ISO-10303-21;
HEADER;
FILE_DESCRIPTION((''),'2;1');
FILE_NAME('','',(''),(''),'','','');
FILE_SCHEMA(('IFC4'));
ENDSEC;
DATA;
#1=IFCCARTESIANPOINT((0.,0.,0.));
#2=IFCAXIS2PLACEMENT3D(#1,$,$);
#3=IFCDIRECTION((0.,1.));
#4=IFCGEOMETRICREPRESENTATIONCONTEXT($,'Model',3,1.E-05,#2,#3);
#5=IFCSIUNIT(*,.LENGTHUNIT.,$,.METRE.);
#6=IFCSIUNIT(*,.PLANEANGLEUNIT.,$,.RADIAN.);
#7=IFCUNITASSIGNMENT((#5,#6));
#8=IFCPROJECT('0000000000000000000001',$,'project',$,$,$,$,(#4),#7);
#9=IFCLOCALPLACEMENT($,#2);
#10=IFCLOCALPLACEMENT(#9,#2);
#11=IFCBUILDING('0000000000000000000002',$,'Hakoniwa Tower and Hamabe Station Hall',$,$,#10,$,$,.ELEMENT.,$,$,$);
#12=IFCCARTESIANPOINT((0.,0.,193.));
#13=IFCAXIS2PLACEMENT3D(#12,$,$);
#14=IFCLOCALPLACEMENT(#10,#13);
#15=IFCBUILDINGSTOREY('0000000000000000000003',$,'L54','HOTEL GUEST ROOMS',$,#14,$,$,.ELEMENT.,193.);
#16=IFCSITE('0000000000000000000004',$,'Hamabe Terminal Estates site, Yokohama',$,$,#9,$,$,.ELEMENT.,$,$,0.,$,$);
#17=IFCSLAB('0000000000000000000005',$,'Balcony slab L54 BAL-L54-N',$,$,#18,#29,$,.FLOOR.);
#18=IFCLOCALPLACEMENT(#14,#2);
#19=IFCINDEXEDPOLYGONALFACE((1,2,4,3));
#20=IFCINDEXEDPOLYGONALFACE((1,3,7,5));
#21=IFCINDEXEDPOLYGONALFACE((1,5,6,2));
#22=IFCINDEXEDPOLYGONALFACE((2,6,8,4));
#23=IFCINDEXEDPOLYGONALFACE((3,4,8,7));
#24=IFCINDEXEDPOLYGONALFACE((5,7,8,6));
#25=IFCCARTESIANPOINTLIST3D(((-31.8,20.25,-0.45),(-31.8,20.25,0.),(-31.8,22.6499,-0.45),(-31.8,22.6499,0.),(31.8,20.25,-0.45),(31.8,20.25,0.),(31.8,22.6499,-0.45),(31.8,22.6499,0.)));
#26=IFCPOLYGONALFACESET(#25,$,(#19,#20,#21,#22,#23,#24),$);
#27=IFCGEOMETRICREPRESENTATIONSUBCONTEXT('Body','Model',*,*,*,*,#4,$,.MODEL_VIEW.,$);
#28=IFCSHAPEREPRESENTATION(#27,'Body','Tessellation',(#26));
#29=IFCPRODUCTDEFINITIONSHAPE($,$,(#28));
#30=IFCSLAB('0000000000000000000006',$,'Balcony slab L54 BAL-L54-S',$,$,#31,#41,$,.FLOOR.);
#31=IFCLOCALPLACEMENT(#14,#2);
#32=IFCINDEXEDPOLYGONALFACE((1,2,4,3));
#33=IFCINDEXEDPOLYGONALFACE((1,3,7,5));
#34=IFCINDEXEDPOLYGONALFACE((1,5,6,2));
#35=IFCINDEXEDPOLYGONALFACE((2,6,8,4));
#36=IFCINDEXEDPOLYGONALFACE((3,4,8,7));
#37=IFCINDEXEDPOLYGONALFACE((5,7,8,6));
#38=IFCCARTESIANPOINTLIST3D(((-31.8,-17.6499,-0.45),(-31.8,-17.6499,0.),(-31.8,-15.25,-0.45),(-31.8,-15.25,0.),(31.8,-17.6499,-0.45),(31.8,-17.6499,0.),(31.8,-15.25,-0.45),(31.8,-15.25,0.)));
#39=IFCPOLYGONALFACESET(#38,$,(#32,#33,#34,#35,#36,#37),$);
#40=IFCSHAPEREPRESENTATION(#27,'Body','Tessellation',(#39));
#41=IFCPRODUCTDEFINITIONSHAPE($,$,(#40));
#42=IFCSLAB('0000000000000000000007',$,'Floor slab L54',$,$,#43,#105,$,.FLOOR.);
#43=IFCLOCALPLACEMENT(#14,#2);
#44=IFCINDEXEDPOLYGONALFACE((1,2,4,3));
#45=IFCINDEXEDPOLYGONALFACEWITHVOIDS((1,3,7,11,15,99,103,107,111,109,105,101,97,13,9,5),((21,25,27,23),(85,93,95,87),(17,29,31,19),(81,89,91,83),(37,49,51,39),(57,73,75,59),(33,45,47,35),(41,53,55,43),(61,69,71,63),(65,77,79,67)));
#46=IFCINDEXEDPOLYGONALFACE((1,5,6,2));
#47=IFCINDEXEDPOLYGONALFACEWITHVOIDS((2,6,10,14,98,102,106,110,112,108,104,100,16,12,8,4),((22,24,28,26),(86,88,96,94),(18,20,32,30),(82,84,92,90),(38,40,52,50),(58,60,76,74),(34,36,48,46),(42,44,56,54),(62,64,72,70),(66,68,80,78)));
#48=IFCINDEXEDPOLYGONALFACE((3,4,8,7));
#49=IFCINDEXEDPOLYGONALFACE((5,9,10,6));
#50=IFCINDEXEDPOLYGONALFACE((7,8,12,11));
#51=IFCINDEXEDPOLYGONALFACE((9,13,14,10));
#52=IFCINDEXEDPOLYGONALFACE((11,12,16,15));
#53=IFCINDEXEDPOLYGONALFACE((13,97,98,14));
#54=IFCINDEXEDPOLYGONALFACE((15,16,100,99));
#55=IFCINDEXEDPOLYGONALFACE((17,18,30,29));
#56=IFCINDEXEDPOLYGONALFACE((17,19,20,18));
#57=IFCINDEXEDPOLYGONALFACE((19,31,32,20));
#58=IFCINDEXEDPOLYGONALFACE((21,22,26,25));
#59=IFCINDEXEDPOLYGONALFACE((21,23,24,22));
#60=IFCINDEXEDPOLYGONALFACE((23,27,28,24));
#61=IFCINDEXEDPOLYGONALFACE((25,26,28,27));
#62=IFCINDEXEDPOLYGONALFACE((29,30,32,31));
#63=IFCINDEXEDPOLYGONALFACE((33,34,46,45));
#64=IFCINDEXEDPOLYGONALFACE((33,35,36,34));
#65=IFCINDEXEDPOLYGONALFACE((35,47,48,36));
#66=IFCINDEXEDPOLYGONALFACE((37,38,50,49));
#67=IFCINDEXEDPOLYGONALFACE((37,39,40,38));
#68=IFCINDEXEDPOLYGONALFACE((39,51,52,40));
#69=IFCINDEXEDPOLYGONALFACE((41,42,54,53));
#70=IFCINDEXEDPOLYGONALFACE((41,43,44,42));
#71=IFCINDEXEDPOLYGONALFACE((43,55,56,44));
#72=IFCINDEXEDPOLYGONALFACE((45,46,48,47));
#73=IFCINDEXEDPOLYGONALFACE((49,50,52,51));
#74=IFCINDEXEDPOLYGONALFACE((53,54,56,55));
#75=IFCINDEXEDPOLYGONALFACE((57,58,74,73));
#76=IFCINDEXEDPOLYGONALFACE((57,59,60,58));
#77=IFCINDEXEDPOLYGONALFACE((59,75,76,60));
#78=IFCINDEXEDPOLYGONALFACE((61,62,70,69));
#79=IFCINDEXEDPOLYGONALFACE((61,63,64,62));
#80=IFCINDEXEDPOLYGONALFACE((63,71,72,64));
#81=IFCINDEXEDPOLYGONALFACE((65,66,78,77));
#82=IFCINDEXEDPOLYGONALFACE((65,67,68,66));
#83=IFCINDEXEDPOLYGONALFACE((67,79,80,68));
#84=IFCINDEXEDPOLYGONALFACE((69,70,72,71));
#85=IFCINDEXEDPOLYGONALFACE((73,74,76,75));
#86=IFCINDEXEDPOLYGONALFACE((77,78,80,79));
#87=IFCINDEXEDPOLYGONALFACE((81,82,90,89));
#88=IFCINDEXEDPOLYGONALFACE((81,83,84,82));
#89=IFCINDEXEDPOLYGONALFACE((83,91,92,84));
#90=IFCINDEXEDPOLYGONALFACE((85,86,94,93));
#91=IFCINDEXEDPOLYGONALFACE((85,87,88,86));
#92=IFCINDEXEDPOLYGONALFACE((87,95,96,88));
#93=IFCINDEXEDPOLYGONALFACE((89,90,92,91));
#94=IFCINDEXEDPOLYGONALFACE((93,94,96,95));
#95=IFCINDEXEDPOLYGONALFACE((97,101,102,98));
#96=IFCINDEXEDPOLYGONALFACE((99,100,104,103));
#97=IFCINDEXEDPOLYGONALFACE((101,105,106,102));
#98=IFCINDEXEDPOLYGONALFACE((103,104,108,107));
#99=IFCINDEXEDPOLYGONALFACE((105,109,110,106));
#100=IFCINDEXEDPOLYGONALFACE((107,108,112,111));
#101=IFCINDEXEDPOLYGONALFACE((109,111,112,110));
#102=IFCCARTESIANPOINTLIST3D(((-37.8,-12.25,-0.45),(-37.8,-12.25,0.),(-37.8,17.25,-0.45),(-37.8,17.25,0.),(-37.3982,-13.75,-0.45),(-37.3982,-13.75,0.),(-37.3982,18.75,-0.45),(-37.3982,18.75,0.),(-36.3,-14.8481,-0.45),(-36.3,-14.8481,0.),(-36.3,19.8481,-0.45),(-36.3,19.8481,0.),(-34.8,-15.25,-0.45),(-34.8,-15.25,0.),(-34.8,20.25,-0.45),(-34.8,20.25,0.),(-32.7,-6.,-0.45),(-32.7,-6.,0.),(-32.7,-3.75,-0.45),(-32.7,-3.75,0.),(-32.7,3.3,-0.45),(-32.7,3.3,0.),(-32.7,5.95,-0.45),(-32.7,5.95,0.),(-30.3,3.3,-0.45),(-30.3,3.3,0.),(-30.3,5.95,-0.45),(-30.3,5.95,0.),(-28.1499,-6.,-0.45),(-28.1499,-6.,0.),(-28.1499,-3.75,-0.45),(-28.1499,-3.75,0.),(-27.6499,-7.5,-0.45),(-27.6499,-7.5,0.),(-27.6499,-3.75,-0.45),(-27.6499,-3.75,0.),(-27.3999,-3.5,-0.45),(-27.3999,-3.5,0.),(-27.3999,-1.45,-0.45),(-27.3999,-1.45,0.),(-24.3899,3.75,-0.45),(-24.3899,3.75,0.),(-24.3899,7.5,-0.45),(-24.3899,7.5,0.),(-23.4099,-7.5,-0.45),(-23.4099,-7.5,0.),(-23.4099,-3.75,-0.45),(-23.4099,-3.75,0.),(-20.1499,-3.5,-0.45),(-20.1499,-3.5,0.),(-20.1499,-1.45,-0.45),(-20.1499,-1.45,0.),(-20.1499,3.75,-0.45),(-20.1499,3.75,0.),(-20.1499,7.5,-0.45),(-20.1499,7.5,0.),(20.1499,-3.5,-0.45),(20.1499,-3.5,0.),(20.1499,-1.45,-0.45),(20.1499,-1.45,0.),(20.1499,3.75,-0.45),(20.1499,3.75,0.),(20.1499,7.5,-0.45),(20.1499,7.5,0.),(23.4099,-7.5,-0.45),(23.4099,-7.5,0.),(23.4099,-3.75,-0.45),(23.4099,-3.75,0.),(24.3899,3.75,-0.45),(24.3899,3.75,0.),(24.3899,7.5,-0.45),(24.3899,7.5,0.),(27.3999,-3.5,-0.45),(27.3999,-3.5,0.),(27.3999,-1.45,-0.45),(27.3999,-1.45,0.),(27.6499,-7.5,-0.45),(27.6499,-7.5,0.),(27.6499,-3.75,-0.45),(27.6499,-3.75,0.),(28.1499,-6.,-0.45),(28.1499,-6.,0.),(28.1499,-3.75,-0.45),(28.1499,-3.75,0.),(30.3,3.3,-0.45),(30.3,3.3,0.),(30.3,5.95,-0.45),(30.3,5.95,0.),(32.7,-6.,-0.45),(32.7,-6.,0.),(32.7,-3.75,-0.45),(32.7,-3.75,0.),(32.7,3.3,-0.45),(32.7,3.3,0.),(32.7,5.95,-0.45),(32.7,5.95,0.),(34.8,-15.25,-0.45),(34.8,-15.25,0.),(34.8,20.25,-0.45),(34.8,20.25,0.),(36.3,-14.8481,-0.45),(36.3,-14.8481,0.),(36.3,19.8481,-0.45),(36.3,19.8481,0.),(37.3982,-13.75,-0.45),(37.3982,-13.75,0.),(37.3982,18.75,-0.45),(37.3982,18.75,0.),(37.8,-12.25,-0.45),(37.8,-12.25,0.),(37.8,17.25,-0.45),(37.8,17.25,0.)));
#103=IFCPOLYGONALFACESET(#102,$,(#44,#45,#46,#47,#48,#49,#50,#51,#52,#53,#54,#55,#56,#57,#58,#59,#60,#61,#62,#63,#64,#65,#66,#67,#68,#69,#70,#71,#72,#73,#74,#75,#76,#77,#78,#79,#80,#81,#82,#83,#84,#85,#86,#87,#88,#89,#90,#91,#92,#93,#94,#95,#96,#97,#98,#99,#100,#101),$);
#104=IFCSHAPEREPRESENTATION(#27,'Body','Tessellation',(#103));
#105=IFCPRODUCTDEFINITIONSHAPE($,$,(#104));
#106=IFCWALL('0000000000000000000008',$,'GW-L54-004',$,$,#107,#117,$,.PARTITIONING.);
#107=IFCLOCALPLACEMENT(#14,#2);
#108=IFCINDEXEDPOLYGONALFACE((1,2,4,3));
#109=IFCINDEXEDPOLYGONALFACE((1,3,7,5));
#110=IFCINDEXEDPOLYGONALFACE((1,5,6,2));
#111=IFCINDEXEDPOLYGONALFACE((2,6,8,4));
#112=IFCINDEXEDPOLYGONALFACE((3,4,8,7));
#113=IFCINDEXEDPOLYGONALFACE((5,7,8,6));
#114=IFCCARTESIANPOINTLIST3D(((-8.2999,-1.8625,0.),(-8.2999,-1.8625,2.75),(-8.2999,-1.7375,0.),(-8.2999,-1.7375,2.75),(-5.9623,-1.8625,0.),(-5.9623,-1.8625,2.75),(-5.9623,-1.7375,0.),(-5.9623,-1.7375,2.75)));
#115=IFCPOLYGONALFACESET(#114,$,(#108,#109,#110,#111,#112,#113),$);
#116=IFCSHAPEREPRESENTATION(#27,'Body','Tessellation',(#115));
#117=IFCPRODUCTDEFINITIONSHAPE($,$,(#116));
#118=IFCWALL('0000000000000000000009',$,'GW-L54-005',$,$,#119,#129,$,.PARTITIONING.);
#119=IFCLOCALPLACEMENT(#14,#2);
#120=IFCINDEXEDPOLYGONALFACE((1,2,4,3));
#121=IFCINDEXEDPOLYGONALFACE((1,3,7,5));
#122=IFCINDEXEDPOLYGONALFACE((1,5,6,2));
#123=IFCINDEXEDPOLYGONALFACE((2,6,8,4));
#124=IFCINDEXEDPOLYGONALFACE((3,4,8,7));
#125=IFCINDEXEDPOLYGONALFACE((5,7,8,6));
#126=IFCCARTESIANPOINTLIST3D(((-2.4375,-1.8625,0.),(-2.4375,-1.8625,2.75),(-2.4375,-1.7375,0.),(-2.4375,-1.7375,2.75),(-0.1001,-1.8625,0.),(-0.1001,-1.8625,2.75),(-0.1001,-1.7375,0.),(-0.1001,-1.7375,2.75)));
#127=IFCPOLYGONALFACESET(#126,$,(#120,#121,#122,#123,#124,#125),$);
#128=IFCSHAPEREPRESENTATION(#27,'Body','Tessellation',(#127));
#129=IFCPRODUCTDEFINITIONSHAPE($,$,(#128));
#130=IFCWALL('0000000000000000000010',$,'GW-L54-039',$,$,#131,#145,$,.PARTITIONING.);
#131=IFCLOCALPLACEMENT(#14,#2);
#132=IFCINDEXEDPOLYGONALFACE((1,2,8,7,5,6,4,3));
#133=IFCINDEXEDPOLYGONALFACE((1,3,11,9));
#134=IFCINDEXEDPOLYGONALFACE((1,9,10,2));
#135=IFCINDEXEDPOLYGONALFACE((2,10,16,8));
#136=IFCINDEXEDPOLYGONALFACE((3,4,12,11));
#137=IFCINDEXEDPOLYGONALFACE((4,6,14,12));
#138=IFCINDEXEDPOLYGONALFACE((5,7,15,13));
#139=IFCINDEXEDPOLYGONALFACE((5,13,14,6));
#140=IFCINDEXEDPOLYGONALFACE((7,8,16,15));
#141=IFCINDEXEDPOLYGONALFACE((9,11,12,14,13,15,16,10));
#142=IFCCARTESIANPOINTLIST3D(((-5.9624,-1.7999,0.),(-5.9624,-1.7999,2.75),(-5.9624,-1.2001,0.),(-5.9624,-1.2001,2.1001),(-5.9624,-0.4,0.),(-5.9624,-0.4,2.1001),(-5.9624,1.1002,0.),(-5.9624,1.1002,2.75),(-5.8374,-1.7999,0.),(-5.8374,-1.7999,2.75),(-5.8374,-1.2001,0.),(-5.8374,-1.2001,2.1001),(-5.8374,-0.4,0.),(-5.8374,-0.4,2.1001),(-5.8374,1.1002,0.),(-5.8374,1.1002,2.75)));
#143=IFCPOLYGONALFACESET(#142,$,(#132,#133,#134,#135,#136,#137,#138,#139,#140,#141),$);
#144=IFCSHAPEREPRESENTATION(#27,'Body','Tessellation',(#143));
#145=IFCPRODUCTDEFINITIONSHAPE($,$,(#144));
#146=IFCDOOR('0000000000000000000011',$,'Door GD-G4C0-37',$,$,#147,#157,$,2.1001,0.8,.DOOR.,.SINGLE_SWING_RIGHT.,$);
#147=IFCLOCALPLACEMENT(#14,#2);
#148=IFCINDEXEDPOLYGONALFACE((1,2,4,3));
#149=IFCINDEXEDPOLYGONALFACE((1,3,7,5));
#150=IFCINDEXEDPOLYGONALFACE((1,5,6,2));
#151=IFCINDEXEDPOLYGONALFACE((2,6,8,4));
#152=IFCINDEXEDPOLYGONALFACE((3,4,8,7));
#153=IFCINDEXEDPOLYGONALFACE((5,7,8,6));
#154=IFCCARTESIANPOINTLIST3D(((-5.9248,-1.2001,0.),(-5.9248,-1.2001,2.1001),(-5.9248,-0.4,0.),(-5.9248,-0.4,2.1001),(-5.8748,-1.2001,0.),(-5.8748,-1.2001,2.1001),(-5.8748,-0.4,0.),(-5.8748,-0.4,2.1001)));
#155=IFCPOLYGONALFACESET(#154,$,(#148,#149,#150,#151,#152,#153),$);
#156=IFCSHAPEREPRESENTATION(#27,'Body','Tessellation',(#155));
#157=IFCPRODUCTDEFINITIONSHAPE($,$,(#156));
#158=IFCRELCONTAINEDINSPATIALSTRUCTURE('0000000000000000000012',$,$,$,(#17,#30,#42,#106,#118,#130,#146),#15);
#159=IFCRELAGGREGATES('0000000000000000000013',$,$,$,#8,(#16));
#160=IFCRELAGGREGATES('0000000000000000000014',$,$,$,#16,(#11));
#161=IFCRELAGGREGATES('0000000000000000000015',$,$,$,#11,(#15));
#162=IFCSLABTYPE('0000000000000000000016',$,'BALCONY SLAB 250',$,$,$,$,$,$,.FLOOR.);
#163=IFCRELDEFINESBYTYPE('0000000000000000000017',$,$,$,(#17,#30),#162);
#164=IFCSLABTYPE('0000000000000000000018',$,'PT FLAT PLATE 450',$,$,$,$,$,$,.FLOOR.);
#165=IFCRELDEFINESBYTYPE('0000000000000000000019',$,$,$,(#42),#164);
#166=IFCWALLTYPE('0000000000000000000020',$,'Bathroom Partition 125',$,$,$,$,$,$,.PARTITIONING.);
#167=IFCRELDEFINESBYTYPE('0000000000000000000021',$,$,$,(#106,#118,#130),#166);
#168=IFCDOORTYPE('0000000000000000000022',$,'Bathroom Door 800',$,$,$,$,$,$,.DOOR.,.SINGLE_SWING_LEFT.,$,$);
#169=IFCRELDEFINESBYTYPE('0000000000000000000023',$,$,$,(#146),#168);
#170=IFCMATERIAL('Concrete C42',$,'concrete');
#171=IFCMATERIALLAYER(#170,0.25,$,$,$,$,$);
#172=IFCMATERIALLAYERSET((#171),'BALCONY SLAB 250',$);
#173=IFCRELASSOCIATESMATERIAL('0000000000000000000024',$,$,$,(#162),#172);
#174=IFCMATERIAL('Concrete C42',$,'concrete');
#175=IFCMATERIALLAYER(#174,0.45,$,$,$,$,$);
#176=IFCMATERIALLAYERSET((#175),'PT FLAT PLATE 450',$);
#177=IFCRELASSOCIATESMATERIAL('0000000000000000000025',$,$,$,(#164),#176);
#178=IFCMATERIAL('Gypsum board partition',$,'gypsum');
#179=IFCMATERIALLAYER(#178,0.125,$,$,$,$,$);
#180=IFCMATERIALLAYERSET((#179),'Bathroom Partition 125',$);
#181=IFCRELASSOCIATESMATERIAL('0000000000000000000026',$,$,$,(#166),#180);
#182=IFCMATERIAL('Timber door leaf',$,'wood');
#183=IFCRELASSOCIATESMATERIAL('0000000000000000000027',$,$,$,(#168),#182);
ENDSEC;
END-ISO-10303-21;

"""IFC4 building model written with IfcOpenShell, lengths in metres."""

from ifc_helpers import new_model, si_unit, direction, frame, frame_2d, origin, place, context, subcontext, project, spatial, polyline, rectangle, outline, extrude, material, layer, layer_set, type_object, element, fill, save


model = new_model("IFC4")

# Units and contexts
model_context = context("Model", 3, precision=1e-05, world=origin(), true_north=direction((0.0, 1.0)))
body_context = subcontext(model_context, "Body", "Model", "MODEL_VIEW")
ifc_project = project(units=[si_unit("LENGTHUNIT", "METRE"), si_unit("PLANEANGLEUNIT", "RADIAN")], contexts=[model_context])

# Site, building, storey
site_placement = place(None, origin())
site = spatial("IfcSite", under=ifc_project, at=site_placement, Name="Hamabe Terminal Estates site, Yokohama", CompositionType="ELEMENT", RefElevation=0.0)
building_placement = place(site_placement, origin())
building = spatial("IfcBuilding", under=site, at=building_placement, Name="Hakoniwa Tower and Hamabe Station Hall", CompositionType="ELEMENT")
storey_placement = place(building_placement, frame((0.0, 0.0, 193.0)))
storey = spatial("IfcBuildingStorey", under=building, at=storey_placement, Name="L54", Description="HOTEL GUEST ROOMS", CompositionType="ELEMENT", Elevation=193.0)

# Slabs
ifc_material_1 = material(Name="Concrete C42", Category="concrete")
ifc_layer_1 = layer(ifc_material_1, 0.25)
ifc_layer_set_1 = layer_set([ifc_layer_1], Name="BALCONY SLAB 250")
slab_type_1 = type_object("IfcSlabType", Name="BALCONY SLAB 250", PredefinedType="FLOOR", material=ifc_layer_set_1)
slab_1_placement = place(storey_placement, frame((0.0, 0.0, -0.45)))
element("IfcSlab", 1, at=slab_1_placement, inside=storey, type_object=slab_type_1, Name="Balcony slab L54 BAL-L54-N", PredefinedType="FLOOR", context=body_context, shape_type="SweptSolid", body=[
    extrude(outline(polyline([(-31.8, 20.25), (31.8, 20.25), (31.8, 22.6499), (-31.8, 22.6499), (-31.8, 20.25)])), origin(), (0.0, 0.0, 1.0), 0.45),
])
slab_2_placement = place(storey_placement, frame((0.0, 0.0, -0.45)))
element("IfcSlab", 2, at=slab_2_placement, inside=storey, type_object=slab_type_1, Name="Balcony slab L54 BAL-L54-S", PredefinedType="FLOOR", context=body_context, shape_type="SweptSolid", body=[
    extrude(outline(polyline([(-31.8, -17.6499), (31.8, -17.6499), (31.8, -15.25), (-31.8, -15.25), (-31.8, -17.6499)])), origin(), (0.0, 0.0, 1.0), 0.45),
])
ifc_material_2 = material(Name="Concrete C42", Category="concrete")
ifc_layer_2 = layer(ifc_material_2, 0.45)
ifc_layer_set_2 = layer_set([ifc_layer_2], Name="PT FLAT PLATE 450")
slab_type_2 = type_object("IfcSlabType", Name="PT FLAT PLATE 450", PredefinedType="FLOOR", material=ifc_layer_set_2)
slab_3_placement = place(storey_placement, frame((0.0, 0.0, -0.45)))
element("IfcSlab", 3, at=slab_3_placement, inside=storey, type_object=slab_type_2, Name="Floor slab L54", PredefinedType="FLOOR", context=body_context, shape_type="SweptSolid", body=[
    extrude(outline(polyline([(37.8, -12.25), (37.8, 17.25), (37.3982, 18.75), (36.3, 19.8481), (34.8, 20.25), (-34.8, 20.25), (-36.3, 19.8481), (-37.3982, 18.75), (-37.8, 17.25), (-37.8, -12.25), (-37.3982, -13.75), (-36.3, -14.8481), (-34.8, -15.25), (34.8, -15.25), (36.3, -14.8481), (37.3982, -13.75), (37.8, -12.25)]), holes=[polyline([(-27.3999, -3.5), (-27.3999, -1.45), (-20.1499, -1.45), (-20.1499, -3.5), (-27.3999, -3.5)]), polyline([(-32.7, 3.3), (-32.7, 5.95), (-30.3, 5.95), (-30.3, 3.3), (-32.7, 3.3)]), polyline([(-32.7, -6.0), (-32.7, -3.75), (-28.1499, -3.75), (-28.1499, -6.0), (-32.7, -6.0)]), polyline([(-24.3899, 3.75), (-24.3899, 7.5), (-20.1499, 7.5), (-20.1499, 3.75), (-24.3899, 3.75)]), polyline([(-27.6499, -7.5), (-27.6499, -3.75), (-23.4099, -3.75), (-23.4099, -7.5), (-27.6499, -7.5)]), polyline([(20.1499, -3.5), (20.1499, -1.45), (27.3999, -1.45), (27.3999, -3.5), (20.1499, -3.5)]), polyline([(30.3, 3.3), (30.3, 5.95), (32.7, 5.95), (32.7, 3.3), (30.3, 3.3)]), polyline([(28.1499, -6.0), (28.1499, -3.75), (32.7, -3.75), (32.7, -6.0), (28.1499, -6.0)]), polyline([(20.1499, 3.75), (20.1499, 7.5), (24.3899, 7.5), (24.3899, 3.75), (20.1499, 3.75)]), polyline([(23.4099, -7.5), (23.4099, -3.75), (27.6499, -3.75), (27.6499, -7.5), (23.4099, -7.5)])]), origin(), (0.0, 0.0, 1.0), 0.45),
])

# Walls
ifc_material_3 = material(Name="Gypsum board partition", Category="gypsum")
ifc_layer_3 = layer(ifc_material_3, 0.125)
ifc_layer_set_3 = layer_set([ifc_layer_3], Name="Bathroom Partition 125")
wall_type_1 = type_object("IfcWallType", Name="Bathroom Partition 125", PredefinedType="PARTITIONING", material=ifc_layer_set_3)
wall_1_placement = place(storey_placement, frame((-8.3, -1.8, 0.0), z_axis=(0.0, 0.0, 1.0), x_axis=(1.0, 0.0, 0.0)))
element("IfcWall", 4, at=wall_1_placement, inside=storey, type_object=wall_type_1, Name="GW-L54-004", PredefinedType="PARTITIONING", context=body_context, shape_type="SweptSolid", body=[
    extrude(rectangle(XDim=2.3376, YDim=0.125, at=frame_2d((1.1689, 0.0))), origin(), (0.0, 0.0, 1.0), 2.75),
])
wall_2_placement = place(storey_placement, frame((-2.4375, -1.8, 0.0), z_axis=(0.0, 0.0, 1.0), x_axis=(1.0, 0.0, 0.0)))
element("IfcWall", 5, at=wall_2_placement, inside=storey, type_object=wall_type_1, Name="GW-L54-005", PredefinedType="PARTITIONING", context=body_context, shape_type="SweptSolid", body=[
    extrude(rectangle(XDim=2.3374, YDim=0.125, at=frame_2d((1.1687, 0.0))), origin(), (0.0, 0.0, 1.0), 2.75),
])

# Wall, opening, door
wall_3_placement = place(storey_placement, frame((-5.8999, -1.8, 0.0), z_axis=(0.0, 0.0, 1.0), x_axis=(0.0, 1.0, 0.0)))
wall_3 = element("IfcWall", 6, at=wall_3_placement, inside=storey, type_object=wall_type_1, Name="GW-L54-039", PredefinedType="PARTITIONING", context=body_context, shape_type="SweptSolid", body=[
    extrude(rectangle(XDim=2.9001, YDim=0.125, at=frame_2d((1.4502, 0.0))), origin(), (0.0, 0.0, 1.0), 2.75),
])
opening_1_placement = place(wall_3_placement, frame((0.6001, 0.0, 0.0)))
opening_1 = element("IfcOpeningElement", 7, at=opening_1_placement, cuts=wall_3, PredefinedType="OPENING", context=body_context, shape_type="SweptSolid", body=[
    extrude(rectangle(XDim=0.8, YDim=2.1001, at=frame_2d((0.3999, 1.05))), frame((0.0, 0.0725, 0.0), z_axis=(0.0, -1.0, 0.0), x_axis=(1.0, 0.0, 0.0)), (0.0, 0.0, 1.0), 0.145),
])
ifc_material_4 = material(Name="Timber door leaf", Category="wood")
door_type_1 = type_object("IfcDoorType", Name="Bathroom Door 800", OperationType="SINGLE_SWING_LEFT", PredefinedType="DOOR", material=ifc_material_4)
door_1_placement = place(opening_1_placement, origin())
door_1 = element("IfcDoor", 8, at=door_1_placement, inside=storey, type_object=door_type_1, Name="Door GD-G4C0-37", OperationType="SINGLE_SWING_RIGHT", OverallHeight=2.1001, OverallWidth=0.8, PredefinedType="DOOR", context=body_context, shape_type="SweptSolid", body=[
    extrude(rectangle(XDim=0.8, YDim=2.1001, at=frame_2d((0.3999, 1.05))), frame((0.0, 0.0249, 0.0), z_axis=(0.0, -1.0, 0.0), x_axis=(1.0, 0.0, 0.0)), (0.0, 0.0, 1.0), 0.05),
])
fill(opening_1, door_1)

save(model, "model.ifc")
